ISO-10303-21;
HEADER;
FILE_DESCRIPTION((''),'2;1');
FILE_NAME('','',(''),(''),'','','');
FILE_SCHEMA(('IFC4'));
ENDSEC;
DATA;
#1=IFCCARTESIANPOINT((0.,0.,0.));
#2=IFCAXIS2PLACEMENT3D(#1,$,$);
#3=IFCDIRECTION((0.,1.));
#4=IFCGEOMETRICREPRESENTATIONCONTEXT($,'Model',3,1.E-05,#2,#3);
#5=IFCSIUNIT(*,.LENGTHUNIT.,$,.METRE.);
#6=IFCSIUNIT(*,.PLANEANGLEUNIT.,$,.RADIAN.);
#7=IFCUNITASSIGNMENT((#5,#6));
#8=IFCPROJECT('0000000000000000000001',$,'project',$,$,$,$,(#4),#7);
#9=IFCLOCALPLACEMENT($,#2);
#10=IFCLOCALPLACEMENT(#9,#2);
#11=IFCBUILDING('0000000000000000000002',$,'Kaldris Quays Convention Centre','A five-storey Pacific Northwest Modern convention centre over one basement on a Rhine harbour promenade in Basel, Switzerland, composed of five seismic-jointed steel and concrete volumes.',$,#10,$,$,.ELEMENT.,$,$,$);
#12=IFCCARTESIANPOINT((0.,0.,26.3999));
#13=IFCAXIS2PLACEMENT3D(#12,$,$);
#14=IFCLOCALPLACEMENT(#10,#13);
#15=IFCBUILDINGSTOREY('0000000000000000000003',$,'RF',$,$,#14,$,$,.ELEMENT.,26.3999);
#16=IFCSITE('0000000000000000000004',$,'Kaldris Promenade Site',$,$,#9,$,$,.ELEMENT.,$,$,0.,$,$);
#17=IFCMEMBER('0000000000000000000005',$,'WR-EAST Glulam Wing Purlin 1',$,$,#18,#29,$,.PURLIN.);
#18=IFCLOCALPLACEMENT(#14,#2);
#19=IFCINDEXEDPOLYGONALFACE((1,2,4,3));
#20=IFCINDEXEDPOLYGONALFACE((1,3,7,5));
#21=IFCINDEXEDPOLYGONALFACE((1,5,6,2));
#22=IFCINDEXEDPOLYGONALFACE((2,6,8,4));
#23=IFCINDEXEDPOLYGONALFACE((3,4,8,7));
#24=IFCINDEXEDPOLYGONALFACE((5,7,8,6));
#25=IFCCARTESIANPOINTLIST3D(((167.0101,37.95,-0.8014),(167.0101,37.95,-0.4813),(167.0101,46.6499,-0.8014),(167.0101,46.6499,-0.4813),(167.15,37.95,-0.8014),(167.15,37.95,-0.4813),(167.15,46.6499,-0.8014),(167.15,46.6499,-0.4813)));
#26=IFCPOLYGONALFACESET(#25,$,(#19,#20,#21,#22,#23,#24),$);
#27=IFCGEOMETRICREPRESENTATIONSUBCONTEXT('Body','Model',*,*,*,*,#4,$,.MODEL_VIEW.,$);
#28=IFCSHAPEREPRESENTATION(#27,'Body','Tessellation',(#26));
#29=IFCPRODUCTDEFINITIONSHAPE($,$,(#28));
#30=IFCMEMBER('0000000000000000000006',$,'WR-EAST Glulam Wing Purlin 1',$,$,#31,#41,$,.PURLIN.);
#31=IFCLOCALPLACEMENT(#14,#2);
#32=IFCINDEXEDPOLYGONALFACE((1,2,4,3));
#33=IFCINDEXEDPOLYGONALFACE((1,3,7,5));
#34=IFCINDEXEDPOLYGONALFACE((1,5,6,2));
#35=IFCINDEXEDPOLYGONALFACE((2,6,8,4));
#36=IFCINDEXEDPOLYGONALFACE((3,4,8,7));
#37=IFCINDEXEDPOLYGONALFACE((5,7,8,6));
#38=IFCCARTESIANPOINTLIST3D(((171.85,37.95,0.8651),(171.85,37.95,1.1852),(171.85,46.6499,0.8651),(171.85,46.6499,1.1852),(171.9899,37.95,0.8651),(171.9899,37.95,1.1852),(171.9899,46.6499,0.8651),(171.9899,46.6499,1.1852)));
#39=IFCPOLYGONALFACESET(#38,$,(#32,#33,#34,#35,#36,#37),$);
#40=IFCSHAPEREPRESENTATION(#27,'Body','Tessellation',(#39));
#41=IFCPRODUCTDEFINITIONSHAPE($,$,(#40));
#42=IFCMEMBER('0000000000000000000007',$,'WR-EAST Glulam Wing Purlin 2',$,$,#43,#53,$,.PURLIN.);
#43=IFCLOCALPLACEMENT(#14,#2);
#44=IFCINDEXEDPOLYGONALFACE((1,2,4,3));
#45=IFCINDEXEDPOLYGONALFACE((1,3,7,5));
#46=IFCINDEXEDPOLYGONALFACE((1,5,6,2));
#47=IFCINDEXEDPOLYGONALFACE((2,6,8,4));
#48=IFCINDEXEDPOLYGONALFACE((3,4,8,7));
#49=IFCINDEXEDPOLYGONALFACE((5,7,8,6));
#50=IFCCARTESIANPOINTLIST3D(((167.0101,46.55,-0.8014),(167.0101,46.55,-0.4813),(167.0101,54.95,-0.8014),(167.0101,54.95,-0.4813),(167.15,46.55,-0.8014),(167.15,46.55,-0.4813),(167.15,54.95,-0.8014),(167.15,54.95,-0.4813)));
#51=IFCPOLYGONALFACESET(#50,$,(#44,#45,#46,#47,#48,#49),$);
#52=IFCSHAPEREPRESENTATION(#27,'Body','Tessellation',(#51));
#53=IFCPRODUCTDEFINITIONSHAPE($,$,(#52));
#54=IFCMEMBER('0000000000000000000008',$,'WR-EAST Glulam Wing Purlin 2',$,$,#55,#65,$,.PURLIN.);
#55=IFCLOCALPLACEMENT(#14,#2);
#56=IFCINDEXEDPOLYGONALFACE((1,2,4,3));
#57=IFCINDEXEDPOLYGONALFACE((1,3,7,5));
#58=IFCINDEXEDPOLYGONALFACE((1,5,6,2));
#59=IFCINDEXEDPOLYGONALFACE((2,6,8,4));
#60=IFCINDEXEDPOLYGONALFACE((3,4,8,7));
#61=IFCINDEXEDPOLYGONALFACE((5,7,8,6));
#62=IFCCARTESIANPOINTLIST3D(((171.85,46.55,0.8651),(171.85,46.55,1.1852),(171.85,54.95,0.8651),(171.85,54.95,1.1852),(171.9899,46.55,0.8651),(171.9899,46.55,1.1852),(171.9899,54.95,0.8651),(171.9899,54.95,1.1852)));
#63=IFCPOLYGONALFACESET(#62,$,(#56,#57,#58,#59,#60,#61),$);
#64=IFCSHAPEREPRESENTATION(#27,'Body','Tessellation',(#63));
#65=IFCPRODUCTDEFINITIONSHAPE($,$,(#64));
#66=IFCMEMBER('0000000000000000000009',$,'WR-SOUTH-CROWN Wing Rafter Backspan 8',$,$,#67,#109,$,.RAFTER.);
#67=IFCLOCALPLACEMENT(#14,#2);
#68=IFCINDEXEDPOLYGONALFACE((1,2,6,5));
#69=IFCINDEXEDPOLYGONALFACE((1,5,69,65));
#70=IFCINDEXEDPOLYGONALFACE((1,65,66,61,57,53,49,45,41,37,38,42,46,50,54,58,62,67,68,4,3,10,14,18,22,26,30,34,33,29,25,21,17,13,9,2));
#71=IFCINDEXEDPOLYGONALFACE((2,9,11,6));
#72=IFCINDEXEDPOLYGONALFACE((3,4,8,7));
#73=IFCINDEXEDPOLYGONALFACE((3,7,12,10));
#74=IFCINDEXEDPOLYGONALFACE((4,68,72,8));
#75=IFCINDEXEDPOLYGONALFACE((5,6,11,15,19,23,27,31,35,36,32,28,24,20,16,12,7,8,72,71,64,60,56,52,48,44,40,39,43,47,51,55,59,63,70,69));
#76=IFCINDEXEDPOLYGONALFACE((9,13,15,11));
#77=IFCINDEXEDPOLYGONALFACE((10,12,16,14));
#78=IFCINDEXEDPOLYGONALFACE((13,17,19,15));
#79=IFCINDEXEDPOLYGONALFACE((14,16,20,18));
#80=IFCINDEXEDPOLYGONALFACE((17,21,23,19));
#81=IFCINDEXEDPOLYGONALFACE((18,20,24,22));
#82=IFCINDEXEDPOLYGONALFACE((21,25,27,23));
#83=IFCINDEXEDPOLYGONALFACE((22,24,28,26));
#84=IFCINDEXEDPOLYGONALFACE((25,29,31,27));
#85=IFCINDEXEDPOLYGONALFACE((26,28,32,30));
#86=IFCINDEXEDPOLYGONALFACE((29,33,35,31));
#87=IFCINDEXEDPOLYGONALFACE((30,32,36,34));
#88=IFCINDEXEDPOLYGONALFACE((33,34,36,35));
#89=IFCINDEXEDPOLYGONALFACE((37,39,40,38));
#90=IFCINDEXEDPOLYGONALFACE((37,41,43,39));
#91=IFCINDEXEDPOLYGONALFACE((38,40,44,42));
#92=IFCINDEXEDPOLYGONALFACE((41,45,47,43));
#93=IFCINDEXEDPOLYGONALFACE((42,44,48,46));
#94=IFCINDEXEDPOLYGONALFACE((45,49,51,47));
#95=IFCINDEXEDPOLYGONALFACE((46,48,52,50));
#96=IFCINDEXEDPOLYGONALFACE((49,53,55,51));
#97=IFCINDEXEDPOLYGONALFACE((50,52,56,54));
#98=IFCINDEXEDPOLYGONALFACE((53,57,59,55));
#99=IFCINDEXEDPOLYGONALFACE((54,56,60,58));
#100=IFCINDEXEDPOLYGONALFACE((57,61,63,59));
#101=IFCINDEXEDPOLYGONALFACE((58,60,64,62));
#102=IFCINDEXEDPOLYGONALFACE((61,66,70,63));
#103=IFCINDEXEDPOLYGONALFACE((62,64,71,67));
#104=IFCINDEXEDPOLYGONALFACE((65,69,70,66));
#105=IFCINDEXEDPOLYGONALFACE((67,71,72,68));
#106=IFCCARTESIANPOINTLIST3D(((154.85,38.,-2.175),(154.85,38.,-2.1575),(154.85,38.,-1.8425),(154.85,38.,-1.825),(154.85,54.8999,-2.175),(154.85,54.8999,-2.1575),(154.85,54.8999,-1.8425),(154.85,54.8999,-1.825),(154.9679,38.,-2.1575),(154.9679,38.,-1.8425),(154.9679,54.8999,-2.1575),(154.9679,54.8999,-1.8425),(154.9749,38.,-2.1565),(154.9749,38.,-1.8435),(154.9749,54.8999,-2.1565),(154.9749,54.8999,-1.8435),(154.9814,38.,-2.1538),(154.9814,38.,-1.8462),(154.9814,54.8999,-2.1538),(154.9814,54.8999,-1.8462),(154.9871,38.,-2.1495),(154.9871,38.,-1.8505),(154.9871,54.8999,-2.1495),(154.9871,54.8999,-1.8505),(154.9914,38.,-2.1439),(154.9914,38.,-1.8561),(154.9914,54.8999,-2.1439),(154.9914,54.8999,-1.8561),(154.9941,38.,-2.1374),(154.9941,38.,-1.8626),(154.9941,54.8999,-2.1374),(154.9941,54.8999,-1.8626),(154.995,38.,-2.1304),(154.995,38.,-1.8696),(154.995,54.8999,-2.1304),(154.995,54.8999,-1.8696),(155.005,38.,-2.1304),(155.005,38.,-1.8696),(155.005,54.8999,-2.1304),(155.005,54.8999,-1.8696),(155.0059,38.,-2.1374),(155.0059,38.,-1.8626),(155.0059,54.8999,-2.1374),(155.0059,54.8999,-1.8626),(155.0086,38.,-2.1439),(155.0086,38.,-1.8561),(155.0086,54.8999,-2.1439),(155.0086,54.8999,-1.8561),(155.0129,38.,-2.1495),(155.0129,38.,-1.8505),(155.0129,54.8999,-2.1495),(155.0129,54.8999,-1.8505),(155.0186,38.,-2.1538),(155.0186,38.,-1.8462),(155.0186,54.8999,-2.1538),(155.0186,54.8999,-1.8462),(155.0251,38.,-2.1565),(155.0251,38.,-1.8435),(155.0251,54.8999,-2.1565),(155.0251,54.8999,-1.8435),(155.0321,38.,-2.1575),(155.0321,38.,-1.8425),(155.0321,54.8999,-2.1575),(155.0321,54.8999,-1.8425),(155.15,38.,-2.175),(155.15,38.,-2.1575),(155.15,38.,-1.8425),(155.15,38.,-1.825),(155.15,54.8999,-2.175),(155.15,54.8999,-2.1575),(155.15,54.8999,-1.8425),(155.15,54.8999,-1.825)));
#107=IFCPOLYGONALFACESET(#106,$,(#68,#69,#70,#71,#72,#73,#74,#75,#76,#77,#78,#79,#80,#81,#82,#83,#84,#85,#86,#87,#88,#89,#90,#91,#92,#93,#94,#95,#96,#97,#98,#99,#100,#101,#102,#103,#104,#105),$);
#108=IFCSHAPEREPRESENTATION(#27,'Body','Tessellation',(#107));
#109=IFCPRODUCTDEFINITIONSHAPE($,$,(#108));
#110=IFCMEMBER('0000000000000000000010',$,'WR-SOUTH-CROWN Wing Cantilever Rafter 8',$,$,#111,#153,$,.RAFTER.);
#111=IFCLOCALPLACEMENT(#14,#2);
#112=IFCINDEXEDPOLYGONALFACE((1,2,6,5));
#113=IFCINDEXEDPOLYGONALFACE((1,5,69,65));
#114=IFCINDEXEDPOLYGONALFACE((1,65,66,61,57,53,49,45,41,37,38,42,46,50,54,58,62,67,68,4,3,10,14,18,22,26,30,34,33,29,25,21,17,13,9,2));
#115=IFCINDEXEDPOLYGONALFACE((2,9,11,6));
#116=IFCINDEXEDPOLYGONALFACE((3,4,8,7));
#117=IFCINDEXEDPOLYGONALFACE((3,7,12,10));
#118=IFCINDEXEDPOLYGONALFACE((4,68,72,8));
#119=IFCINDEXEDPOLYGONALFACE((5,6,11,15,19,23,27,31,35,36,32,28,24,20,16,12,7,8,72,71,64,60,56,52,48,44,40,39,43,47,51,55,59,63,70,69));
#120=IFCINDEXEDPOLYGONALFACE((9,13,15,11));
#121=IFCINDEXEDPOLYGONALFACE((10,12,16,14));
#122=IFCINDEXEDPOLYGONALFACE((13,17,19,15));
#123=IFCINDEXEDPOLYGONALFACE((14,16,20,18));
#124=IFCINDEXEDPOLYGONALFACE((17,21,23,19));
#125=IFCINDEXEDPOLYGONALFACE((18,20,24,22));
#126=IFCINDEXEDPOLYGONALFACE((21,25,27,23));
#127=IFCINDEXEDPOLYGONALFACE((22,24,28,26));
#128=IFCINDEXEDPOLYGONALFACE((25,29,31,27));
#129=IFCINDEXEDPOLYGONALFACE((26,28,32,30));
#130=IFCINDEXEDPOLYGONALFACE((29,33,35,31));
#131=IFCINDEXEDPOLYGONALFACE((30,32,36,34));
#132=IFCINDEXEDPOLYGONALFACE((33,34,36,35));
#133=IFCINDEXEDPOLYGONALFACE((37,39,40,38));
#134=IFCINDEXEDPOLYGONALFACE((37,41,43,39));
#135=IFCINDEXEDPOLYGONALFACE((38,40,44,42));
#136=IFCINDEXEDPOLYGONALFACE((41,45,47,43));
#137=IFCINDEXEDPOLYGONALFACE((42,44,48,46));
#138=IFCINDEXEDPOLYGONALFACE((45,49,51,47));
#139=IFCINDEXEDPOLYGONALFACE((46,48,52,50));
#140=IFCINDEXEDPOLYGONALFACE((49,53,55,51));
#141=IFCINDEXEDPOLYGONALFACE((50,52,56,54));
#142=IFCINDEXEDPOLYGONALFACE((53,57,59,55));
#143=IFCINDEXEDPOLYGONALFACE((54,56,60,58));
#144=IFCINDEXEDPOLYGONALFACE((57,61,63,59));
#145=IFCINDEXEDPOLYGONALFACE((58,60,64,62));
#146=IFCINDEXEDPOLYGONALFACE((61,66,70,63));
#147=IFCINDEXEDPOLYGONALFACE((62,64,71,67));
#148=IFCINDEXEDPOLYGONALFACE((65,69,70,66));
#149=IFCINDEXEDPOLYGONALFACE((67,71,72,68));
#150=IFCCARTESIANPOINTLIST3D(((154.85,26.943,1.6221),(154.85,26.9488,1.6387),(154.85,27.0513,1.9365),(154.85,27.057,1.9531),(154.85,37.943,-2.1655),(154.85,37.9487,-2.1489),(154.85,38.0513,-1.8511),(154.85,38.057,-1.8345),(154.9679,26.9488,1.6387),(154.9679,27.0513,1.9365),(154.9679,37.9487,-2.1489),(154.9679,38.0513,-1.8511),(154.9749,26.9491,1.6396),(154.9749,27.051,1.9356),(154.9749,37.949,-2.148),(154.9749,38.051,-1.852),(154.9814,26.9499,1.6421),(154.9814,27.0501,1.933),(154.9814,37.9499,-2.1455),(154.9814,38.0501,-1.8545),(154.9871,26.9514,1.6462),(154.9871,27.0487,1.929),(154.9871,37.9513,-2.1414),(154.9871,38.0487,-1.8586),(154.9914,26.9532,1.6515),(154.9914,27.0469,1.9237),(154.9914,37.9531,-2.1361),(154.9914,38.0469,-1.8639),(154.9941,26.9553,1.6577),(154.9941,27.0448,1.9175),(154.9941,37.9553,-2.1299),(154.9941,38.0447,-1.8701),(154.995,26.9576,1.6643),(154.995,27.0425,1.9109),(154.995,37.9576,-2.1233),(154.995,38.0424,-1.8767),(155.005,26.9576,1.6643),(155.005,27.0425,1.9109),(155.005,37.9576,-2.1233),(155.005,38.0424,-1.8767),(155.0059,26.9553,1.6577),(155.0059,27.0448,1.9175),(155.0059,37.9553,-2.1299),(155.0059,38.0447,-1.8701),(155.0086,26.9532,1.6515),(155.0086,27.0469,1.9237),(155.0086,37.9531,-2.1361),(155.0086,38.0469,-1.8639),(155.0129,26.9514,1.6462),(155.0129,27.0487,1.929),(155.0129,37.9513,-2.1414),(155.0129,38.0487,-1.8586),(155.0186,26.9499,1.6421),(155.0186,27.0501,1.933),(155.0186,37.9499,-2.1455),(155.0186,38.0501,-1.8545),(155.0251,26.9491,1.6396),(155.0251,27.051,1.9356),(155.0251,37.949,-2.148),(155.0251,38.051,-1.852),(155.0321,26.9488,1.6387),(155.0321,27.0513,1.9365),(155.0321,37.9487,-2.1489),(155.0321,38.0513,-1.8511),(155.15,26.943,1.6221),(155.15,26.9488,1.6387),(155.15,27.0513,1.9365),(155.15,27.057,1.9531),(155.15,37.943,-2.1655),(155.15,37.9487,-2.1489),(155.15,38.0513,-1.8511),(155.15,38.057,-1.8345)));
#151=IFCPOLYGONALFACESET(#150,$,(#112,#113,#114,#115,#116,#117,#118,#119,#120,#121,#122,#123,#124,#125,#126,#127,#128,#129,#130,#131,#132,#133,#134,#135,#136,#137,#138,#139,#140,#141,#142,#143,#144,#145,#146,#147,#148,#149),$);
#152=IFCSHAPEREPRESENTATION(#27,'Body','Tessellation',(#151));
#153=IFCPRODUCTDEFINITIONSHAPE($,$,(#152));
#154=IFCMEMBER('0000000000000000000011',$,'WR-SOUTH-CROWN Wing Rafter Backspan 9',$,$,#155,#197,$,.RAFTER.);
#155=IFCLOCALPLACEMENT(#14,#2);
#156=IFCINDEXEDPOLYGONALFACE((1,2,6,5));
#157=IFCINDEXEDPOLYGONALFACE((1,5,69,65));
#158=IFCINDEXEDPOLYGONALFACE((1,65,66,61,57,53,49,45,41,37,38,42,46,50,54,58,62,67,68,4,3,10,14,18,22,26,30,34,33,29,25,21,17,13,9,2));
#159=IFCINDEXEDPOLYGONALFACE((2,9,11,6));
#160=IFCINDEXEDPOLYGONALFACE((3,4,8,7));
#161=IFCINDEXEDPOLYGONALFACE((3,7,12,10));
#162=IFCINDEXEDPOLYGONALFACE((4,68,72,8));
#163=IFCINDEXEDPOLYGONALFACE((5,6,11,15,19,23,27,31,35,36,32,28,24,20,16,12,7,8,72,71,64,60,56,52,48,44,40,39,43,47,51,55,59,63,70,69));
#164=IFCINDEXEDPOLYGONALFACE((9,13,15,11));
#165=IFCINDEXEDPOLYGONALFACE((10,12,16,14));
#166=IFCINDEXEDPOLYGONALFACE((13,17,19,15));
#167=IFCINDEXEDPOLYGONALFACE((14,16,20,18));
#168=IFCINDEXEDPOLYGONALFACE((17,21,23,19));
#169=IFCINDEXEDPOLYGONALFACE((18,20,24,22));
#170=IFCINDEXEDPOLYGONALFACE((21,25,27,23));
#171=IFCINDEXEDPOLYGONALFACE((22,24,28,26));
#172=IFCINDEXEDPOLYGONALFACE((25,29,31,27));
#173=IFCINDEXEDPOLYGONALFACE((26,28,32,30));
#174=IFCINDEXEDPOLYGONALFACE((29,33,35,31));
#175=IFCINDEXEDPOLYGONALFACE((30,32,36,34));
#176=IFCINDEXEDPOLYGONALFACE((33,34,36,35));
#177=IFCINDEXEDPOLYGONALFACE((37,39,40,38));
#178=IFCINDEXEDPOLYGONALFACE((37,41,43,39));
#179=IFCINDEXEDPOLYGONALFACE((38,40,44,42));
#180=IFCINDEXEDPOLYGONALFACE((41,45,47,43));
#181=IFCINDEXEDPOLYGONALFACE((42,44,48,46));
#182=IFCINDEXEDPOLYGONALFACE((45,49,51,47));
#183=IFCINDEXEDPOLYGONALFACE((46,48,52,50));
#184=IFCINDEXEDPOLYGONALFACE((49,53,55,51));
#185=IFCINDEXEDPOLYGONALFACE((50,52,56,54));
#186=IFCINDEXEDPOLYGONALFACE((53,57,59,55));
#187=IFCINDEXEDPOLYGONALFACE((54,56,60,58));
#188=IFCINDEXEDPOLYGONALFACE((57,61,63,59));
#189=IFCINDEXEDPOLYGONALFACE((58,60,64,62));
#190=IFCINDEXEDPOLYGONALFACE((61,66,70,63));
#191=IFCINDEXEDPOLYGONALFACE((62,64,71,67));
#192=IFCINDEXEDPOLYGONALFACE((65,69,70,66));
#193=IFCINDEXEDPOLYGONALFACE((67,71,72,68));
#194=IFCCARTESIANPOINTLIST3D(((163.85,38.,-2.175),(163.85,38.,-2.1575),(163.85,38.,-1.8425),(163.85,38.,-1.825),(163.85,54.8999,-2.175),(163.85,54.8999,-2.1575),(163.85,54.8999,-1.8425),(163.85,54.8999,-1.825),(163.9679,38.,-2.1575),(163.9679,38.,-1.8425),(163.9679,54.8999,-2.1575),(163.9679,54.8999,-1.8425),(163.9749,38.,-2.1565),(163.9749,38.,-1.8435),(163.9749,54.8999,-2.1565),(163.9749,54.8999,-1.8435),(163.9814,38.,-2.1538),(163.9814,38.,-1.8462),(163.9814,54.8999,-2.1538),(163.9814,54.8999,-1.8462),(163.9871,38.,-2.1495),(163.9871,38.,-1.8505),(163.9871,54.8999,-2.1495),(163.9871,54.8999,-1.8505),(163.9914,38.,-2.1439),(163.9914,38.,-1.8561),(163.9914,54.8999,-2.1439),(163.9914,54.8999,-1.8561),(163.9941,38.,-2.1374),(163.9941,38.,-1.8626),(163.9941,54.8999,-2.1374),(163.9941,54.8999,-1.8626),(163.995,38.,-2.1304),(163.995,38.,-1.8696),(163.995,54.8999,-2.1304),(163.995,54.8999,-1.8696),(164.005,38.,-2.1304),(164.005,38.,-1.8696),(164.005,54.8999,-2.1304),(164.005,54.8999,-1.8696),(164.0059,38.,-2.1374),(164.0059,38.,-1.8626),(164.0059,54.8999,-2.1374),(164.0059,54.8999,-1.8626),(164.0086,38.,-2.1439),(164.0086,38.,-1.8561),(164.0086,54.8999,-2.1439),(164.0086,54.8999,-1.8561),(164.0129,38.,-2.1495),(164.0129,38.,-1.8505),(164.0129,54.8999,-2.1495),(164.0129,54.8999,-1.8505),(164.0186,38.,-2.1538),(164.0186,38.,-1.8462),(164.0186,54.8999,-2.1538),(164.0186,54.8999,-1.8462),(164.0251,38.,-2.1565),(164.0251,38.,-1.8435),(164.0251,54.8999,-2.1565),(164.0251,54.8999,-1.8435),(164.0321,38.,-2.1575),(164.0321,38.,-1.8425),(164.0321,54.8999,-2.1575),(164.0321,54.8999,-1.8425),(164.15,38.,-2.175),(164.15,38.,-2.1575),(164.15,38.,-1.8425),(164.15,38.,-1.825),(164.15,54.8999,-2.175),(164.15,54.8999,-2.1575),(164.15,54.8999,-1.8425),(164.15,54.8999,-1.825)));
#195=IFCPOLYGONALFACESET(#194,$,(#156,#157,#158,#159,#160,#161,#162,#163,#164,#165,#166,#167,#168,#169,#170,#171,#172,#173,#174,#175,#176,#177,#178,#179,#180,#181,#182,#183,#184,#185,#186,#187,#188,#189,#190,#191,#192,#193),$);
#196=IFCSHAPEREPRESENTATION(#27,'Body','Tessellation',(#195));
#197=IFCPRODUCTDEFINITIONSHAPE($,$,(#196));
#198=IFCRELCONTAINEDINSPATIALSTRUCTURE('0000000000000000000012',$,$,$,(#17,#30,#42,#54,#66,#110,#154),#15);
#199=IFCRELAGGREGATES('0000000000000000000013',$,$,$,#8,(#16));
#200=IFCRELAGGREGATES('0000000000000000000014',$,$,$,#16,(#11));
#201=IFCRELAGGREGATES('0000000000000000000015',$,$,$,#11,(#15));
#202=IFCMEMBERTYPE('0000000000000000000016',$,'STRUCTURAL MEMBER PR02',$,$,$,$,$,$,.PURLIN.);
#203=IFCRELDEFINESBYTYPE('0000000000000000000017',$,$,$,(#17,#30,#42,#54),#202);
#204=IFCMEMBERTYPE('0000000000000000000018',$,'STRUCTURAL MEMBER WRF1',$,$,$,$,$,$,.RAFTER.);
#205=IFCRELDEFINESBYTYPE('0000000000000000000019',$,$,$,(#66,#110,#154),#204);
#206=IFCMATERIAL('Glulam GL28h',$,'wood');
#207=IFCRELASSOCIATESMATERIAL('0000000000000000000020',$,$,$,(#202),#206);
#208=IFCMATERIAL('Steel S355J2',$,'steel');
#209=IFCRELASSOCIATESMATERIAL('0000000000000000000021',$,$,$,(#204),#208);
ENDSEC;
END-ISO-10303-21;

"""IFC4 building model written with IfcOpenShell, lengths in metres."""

from ifc_helpers import new_model, si_unit, direction, frame, origin, origin_2d, place, context, subcontext, project, spatial, rectangle, i_section, extrude, material, material_profile, profile_set, type_object, element, save


model = new_model("IFC4")

# Units and contexts
model_context = context("Model", 3, precision=1e-05, world=origin(), true_north=direction((0.0, 1.0)))
body_context = subcontext(model_context, "Body", "Model", "MODEL_VIEW")
ifc_project = project(units=[si_unit("LENGTHUNIT", "METRE"), si_unit("PLANEANGLEUNIT", "RADIAN")], contexts=[model_context])

# Site, building, storey
site_placement = place(None, origin())
site = spatial("IfcSite", under=ifc_project, at=site_placement, Name="Kaldris Promenade Site", CompositionType="ELEMENT", RefElevation=0.0)
building_placement = place(site_placement, origin())
building = spatial("IfcBuilding", under=site, at=building_placement, Name="Kaldris Quays Convention Centre", Description="A five-storey Pacific Northwest Modern convention centre over one basement on a Rhine harbour promenade in Basel, Switzerland, composed of five seismic-jointed steel and concrete volumes.", CompositionType="ELEMENT")
storey_placement = place(building_placement, frame((0.0, 0.0, 26.3999)))
storey = spatial("IfcBuildingStorey", under=building, at=storey_placement, Name="RF", CompositionType="ELEMENT", Elevation=26.3999)

# Members
ifc_material_1 = material(Name="Glulam GL28h", Category="wood")
ifc_material_profile_1 = material_profile(ifc_material_1, rectangle(XDim=0.1399, YDim=0.3201, at=origin_2d()), Name="GL 140x320")
ifc_profile_set_1 = profile_set([ifc_material_profile_1], Name="Glulam GL28h")
member_type_1 = type_object("IfcMemberType", Name="STRUCTURAL MEMBER PR02", PredefinedType="PURLIN", material=ifc_profile_set_1)
for number, where, z_axis, x_axis, name in (
    (1, (167.0801, 37.95, -0.6414), (0.0, 1.0, 0.0), (-1.0, 0.0, 0.0), "WR-EAST Glulam Wing Purlin 1"),
    (2, (171.9199, 37.95, 1.0251), (0.0, 1.0, 0.0), (-1.0, 0.0, 0.0), "WR-EAST Glulam Wing Purlin 1"),
):
    element("IfcMember", number, at=place(storey_placement, frame(where, z_axis=z_axis, x_axis=x_axis)), inside=storey, type_object=member_type_1, Name=name, PredefinedType="PURLIN", context=body_context, shape_type="SweptSolid", body=[
        extrude(rectangle(XDim=0.1399, YDim=0.3201, at=origin_2d()), origin(), (0.0, 0.0, 1.0), 8.7),
    ])
for number, where, z_axis, x_axis, name in (
    (3, (167.0801, 46.55, -0.6414), (0.0, 1.0, 0.0), (-1.0, 0.0, 0.0), "WR-EAST Glulam Wing Purlin 2"),
    (4, (171.9199, 46.55, 1.0251), (0.0, 1.0, 0.0), (-1.0, 0.0, 0.0), "WR-EAST Glulam Wing Purlin 2"),
):
    element("IfcMember", number, at=place(storey_placement, frame(where, z_axis=z_axis, x_axis=x_axis)), inside=storey, type_object=member_type_1, Name=name, PredefinedType="PURLIN", context=body_context, shape_type="SweptSolid", body=[
        extrude(rectangle(XDim=0.1399, YDim=0.3201, at=origin_2d()), origin(), (0.0, 0.0, 1.0), 8.3999),
    ])
ifc_material_2 = material(Name="Steel S355J2", Category="steel")
ifc_material_profile_2 = material_profile(ifc_material_2, i_section(OverallWidth=0.3, OverallDepth=0.3501, WebThickness=0.01, FlangeThickness=0.0176, FilletRadius=0.0271, at=origin_2d()), Name="HEA 360")
ifc_profile_set_2 = profile_set([ifc_material_profile_2], Name="Steel S355J2")
member_type_2 = type_object("IfcMemberType", Name="STRUCTURAL MEMBER WRF1", PredefinedType="RAFTER", material=ifc_profile_set_2)
member_1_placement = place(storey_placement, frame((155.0, 54.8999, -2.0), z_axis=(0.0, -1.0, 0.0), x_axis=(1.0, 0.0, 0.0)))
element("IfcMember", 5, at=member_1_placement, inside=storey, type_object=member_type_2, Name="WR-SOUTH-CROWN Wing Rafter Backspan 8", PredefinedType="RAFTER", context=body_context, shape_type="SweptSolid", body=[
    extrude(i_section(OverallWidth=0.3, OverallDepth=0.3501, WebThickness=0.01, FlangeThickness=0.0176, FilletRadius=0.0271, at=origin_2d()), origin(), (0.0, 0.0, 1.0), 16.8999),
])
member_2_placement = place(storey_placement, frame((155.0, 38.0, -2.0), z_axis=(0.0, -0.945519, 0.325568), x_axis=(1.0, 0.0, 0.0)))
element("IfcMember", 6, at=member_2_placement, inside=storey, type_object=member_type_2, Name="WR-SOUTH-CROWN Wing Cantilever Rafter 8", PredefinedType="RAFTER", context=body_context, shape_type="SweptSolid", body=[
    extrude(i_section(OverallWidth=0.3, OverallDepth=0.3501, WebThickness=0.01, FlangeThickness=0.0176, FilletRadius=0.0271, at=origin_2d()), origin(), (0.0, 0.0, 1.0), 11.6338),
])
member_3_placement = place(storey_placement, frame((164.0, 54.8999, -2.0), z_axis=(0.0, -1.0, 0.0), x_axis=(1.0, 0.0, 0.0)))
element("IfcMember", 7, at=member_3_placement, inside=storey, type_object=member_type_2, Name="WR-SOUTH-CROWN Wing Rafter Backspan 9", PredefinedType="RAFTER", context=body_context, shape_type="SweptSolid", body=[
    extrude(i_section(OverallWidth=0.3, OverallDepth=0.3501, WebThickness=0.01, FlangeThickness=0.0176, FilletRadius=0.0271, at=origin_2d()), origin(), (0.0, 0.0, 1.0), 16.8999),
])

save(model, "model.ifc")
